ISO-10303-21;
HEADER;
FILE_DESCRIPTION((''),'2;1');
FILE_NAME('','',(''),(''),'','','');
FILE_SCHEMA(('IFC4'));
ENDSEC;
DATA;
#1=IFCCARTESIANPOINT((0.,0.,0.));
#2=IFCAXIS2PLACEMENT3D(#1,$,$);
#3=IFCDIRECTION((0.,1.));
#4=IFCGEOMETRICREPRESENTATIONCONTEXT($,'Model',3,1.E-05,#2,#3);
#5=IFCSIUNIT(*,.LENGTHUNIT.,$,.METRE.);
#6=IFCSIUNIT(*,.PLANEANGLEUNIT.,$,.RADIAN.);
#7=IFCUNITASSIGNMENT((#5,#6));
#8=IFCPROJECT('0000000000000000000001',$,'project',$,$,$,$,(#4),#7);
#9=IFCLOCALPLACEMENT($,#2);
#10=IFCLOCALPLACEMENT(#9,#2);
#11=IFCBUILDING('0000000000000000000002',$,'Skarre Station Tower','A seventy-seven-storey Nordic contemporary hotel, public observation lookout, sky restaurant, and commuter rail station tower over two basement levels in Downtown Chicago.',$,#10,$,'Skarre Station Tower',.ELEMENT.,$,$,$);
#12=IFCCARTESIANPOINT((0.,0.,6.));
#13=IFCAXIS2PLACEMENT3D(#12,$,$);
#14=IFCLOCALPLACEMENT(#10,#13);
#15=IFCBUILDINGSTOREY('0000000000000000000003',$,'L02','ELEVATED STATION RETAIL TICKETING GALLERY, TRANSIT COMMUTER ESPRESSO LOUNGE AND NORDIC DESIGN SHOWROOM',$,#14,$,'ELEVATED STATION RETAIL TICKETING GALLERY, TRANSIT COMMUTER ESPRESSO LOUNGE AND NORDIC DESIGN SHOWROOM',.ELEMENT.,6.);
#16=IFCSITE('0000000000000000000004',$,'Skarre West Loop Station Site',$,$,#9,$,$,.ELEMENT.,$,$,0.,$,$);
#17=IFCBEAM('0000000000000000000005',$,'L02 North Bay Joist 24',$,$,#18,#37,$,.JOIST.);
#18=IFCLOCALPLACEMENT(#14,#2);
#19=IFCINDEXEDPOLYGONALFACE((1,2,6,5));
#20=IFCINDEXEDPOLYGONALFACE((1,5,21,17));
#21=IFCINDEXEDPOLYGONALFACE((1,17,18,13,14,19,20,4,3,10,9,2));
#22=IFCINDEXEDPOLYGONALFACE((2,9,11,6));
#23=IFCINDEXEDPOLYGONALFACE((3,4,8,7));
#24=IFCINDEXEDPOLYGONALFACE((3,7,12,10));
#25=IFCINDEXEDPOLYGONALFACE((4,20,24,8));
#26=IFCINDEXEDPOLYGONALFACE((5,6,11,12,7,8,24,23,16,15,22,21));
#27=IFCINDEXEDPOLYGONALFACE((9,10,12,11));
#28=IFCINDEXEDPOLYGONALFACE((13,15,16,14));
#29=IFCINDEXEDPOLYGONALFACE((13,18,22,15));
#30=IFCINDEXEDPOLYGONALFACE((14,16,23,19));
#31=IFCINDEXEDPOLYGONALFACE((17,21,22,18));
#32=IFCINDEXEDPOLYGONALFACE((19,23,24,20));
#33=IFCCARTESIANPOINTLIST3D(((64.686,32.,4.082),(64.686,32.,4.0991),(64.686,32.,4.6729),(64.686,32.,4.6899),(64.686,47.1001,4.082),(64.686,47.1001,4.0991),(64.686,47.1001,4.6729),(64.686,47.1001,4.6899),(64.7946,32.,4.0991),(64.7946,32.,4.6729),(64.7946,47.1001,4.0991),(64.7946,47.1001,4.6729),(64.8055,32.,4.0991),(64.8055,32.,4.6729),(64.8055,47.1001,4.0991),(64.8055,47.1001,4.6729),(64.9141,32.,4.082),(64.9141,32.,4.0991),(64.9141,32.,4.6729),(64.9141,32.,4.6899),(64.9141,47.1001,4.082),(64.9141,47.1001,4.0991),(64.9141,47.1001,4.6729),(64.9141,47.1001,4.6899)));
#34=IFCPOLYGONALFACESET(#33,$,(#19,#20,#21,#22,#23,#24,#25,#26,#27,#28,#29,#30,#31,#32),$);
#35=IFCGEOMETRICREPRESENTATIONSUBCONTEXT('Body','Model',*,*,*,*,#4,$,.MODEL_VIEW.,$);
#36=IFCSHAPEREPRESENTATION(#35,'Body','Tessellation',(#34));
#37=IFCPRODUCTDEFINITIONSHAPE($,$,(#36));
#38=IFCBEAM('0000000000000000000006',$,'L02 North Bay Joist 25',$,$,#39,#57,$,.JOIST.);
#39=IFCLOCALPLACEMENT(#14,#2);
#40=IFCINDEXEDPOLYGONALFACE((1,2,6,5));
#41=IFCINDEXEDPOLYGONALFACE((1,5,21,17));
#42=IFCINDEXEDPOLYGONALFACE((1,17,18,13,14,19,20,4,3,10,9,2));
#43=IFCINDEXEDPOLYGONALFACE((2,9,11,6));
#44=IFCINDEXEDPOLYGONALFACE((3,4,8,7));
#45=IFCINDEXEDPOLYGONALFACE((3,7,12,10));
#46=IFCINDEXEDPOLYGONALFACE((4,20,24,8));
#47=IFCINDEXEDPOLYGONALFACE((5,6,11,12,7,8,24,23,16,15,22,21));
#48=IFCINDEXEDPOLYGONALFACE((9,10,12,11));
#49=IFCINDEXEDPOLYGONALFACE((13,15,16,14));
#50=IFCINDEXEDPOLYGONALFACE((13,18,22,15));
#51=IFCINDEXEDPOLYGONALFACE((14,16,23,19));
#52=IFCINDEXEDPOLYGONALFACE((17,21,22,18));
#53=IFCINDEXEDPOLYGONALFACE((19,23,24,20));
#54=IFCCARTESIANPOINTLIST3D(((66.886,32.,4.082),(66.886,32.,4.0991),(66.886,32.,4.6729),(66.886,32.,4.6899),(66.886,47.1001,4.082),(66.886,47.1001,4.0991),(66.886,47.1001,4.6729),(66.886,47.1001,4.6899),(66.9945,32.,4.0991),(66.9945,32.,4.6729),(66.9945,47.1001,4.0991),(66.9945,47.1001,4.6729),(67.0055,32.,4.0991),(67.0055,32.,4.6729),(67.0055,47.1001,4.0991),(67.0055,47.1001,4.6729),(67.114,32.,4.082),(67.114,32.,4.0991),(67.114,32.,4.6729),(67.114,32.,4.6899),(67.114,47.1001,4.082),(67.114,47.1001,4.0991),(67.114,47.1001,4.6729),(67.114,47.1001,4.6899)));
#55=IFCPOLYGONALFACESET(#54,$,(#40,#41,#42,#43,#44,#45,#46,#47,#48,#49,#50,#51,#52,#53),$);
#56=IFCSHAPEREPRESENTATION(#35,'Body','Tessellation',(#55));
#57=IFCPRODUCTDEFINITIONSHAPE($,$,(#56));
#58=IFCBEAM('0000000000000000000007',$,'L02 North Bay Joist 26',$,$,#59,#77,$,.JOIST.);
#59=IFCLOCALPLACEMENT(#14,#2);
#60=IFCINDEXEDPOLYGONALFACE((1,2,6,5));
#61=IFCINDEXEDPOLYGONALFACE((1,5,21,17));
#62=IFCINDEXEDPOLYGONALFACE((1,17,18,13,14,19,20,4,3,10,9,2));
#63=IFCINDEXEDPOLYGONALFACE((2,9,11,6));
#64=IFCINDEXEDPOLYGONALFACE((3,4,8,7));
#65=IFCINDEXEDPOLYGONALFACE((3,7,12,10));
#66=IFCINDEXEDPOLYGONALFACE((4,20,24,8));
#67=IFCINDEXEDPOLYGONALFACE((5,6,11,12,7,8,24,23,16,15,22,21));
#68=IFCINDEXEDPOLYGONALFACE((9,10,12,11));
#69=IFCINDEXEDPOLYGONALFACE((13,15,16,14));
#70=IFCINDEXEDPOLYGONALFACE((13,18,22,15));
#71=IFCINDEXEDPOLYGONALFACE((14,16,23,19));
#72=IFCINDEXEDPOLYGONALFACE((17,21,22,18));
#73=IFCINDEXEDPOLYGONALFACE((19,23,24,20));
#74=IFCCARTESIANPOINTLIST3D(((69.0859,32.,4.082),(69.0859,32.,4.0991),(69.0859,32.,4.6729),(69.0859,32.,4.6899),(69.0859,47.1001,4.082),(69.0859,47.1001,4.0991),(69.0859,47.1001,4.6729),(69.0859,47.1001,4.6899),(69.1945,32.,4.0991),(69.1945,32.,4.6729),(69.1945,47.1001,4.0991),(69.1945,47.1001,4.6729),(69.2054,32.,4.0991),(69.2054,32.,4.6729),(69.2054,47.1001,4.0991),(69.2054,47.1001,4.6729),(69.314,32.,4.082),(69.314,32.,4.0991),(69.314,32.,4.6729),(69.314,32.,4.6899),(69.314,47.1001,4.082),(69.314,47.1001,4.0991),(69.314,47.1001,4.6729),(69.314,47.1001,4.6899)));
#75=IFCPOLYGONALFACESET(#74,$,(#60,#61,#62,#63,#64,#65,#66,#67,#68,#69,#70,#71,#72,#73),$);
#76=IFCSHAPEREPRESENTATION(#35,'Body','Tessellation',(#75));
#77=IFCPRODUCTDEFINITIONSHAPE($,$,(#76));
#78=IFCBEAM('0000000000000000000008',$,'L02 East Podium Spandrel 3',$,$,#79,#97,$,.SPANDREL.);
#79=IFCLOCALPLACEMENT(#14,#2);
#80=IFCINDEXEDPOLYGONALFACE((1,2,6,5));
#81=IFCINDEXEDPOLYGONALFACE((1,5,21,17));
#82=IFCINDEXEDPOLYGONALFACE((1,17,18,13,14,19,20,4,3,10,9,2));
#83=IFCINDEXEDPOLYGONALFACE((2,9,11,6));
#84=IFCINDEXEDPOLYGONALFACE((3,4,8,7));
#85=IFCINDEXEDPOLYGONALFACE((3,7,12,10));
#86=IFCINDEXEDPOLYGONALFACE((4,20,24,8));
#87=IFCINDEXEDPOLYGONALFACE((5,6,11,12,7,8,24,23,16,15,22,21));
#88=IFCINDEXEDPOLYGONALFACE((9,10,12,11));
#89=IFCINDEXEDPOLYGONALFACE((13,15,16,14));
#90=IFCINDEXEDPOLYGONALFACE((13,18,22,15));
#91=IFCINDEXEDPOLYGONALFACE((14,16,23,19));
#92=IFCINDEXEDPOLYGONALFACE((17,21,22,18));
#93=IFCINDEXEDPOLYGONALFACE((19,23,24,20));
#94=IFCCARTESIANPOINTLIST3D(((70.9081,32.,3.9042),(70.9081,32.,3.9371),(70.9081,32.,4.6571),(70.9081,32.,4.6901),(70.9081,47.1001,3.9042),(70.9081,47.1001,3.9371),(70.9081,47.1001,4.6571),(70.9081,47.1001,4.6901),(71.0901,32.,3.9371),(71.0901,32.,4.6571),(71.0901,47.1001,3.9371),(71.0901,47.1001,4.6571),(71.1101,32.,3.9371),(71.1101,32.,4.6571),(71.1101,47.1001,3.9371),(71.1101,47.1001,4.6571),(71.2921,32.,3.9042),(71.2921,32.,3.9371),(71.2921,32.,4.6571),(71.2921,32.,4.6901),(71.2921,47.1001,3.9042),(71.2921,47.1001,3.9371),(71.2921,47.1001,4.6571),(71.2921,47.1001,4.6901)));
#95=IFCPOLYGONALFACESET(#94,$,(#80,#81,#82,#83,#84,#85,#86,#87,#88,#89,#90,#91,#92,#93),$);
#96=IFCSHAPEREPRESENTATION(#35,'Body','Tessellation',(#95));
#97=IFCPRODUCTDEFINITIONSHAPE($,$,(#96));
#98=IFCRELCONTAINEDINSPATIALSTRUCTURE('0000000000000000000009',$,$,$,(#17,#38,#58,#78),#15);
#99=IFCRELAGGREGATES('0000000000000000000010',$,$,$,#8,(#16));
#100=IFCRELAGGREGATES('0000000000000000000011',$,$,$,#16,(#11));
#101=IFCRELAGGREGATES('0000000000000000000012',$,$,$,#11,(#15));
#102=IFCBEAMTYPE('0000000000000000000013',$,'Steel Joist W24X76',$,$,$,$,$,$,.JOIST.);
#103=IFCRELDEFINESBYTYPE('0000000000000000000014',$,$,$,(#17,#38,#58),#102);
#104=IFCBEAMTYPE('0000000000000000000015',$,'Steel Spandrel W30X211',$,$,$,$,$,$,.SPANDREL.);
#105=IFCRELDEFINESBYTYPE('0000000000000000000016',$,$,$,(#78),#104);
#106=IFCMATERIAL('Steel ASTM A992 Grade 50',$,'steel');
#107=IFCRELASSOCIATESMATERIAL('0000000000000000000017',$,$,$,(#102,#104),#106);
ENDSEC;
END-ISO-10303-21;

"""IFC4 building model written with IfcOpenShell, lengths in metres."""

from ifc_helpers import new_model, si_unit, direction, frame, origin, origin_2d, place, context, subcontext, project, spatial, i_section, extrude, material, material_profile, profile_set, type_object, element, save


model = new_model("IFC4")

# Units and contexts
model_context = context("Model", 3, precision=1e-05, world=origin(), true_north=direction((0.0, 1.0)))
body_context = subcontext(model_context, "Body", "Model", "MODEL_VIEW")
ifc_project = project(units=[si_unit("LENGTHUNIT", "METRE"), si_unit("PLANEANGLEUNIT", "RADIAN")], contexts=[model_context])

# Site, building, storey
site_placement = place(None, origin())
site = spatial("IfcSite", under=ifc_project, at=site_placement, Name="Skarre West Loop Station Site", CompositionType="ELEMENT", RefElevation=0.0)
building_placement = place(site_placement, origin())
building = spatial("IfcBuilding", under=site, at=building_placement, Name="Skarre Station Tower", Description="A seventy-seven-storey Nordic contemporary hotel, public observation lookout, sky restaurant, and commuter rail station tower over two basement levels in Downtown Chicago.", LongName="Skarre Station Tower", CompositionType="ELEMENT")
storey_placement = place(building_placement, frame((0.0, 0.0, 6.0)))
storey = spatial("IfcBuildingStorey", under=building, at=storey_placement, Name="L02", Description="ELEVATED STATION RETAIL TICKETING GALLERY, TRANSIT COMMUTER ESPRESSO LOUNGE AND NORDIC DESIGN SHOWROOM", LongName="ELEVATED STATION RETAIL TICKETING GALLERY, TRANSIT COMMUTER ESPRESSO LOUNGE AND NORDIC DESIGN SHOWROOM", CompositionType="ELEMENT", Elevation=6.0)

# Beams
ifc_material_1 = material(Name="Steel ASTM A992 Grade 50", Category="steel")
ifc_material_profile_1 = material_profile(ifc_material_1, i_section(OverallWidth=0.228, OverallDepth=0.6079, WebThickness=0.011, FlangeThickness=0.0171, at=origin_2d()), Name="Steel ASTM A992 Grade 50")
ifc_profile_set_1 = profile_set([ifc_material_profile_1], Name="Steel ASTM A992 Grade 50")
beam_type_1 = type_object("IfcBeamType", Name="Steel Joist W24X76", PredefinedType="JOIST", material=ifc_profile_set_1)
for number, where, z_axis, x_axis, name in (
    (1, (64.8, 32.0, 4.386), (0.0, 1.0, 0.0), (-1.0, 0.0, 0.0), "L02 North Bay Joist 24"),
    (2, (67.0, 32.0, 4.386), (0.0, 1.0, 0.0), (-1.0, 0.0, 0.0), "L02 North Bay Joist 25"),
    (3, (69.2, 32.0, 4.386), (0.0, 1.0, 0.0), (-1.0, 0.0, 0.0), "L02 North Bay Joist 26"),
):
    element("IfcBeam", number, at=place(storey_placement, frame(where, z_axis=z_axis, x_axis=x_axis)), inside=storey, type_object=beam_type_1, Name=name, PredefinedType="JOIST", context=body_context, shape_type="SweptSolid", body=[
        extrude(i_section(OverallWidth=0.228, OverallDepth=0.6079, WebThickness=0.011, FlangeThickness=0.0171, at=origin_2d()), origin(), (0.0, 0.0, 1.0), 15.1001),
    ])
ifc_material_profile_2 = material_profile(ifc_material_1, i_section(OverallWidth=0.384, OverallDepth=0.7859, WebThickness=0.02, FlangeThickness=0.033, at=origin_2d()), Name="Steel ASTM A992 Grade 50")
ifc_profile_set_2 = profile_set([ifc_material_profile_2], Name="Steel ASTM A992 Grade 50")
beam_type_2 = type_object("IfcBeamType", Name="Steel Spandrel W30X211", PredefinedType="SPANDREL", material=ifc_profile_set_2)
beam_1_placement = place(storey_placement, frame((71.1001, 32.0, 4.2971), z_axis=(0.0, 1.0, 0.0), x_axis=(-1.0, 0.0, 0.0)))
element("IfcBeam", 4, at=beam_1_placement, inside=storey, type_object=beam_type_2, Name="L02 East Podium Spandrel 3", PredefinedType="SPANDREL", context=body_context, shape_type="SweptSolid", body=[
    extrude(i_section(OverallWidth=0.384, OverallDepth=0.7859, WebThickness=0.02, FlangeThickness=0.033, at=origin_2d()), origin(), (0.0, 0.0, 1.0), 15.1001),
])

save(model, "model.ifc")
